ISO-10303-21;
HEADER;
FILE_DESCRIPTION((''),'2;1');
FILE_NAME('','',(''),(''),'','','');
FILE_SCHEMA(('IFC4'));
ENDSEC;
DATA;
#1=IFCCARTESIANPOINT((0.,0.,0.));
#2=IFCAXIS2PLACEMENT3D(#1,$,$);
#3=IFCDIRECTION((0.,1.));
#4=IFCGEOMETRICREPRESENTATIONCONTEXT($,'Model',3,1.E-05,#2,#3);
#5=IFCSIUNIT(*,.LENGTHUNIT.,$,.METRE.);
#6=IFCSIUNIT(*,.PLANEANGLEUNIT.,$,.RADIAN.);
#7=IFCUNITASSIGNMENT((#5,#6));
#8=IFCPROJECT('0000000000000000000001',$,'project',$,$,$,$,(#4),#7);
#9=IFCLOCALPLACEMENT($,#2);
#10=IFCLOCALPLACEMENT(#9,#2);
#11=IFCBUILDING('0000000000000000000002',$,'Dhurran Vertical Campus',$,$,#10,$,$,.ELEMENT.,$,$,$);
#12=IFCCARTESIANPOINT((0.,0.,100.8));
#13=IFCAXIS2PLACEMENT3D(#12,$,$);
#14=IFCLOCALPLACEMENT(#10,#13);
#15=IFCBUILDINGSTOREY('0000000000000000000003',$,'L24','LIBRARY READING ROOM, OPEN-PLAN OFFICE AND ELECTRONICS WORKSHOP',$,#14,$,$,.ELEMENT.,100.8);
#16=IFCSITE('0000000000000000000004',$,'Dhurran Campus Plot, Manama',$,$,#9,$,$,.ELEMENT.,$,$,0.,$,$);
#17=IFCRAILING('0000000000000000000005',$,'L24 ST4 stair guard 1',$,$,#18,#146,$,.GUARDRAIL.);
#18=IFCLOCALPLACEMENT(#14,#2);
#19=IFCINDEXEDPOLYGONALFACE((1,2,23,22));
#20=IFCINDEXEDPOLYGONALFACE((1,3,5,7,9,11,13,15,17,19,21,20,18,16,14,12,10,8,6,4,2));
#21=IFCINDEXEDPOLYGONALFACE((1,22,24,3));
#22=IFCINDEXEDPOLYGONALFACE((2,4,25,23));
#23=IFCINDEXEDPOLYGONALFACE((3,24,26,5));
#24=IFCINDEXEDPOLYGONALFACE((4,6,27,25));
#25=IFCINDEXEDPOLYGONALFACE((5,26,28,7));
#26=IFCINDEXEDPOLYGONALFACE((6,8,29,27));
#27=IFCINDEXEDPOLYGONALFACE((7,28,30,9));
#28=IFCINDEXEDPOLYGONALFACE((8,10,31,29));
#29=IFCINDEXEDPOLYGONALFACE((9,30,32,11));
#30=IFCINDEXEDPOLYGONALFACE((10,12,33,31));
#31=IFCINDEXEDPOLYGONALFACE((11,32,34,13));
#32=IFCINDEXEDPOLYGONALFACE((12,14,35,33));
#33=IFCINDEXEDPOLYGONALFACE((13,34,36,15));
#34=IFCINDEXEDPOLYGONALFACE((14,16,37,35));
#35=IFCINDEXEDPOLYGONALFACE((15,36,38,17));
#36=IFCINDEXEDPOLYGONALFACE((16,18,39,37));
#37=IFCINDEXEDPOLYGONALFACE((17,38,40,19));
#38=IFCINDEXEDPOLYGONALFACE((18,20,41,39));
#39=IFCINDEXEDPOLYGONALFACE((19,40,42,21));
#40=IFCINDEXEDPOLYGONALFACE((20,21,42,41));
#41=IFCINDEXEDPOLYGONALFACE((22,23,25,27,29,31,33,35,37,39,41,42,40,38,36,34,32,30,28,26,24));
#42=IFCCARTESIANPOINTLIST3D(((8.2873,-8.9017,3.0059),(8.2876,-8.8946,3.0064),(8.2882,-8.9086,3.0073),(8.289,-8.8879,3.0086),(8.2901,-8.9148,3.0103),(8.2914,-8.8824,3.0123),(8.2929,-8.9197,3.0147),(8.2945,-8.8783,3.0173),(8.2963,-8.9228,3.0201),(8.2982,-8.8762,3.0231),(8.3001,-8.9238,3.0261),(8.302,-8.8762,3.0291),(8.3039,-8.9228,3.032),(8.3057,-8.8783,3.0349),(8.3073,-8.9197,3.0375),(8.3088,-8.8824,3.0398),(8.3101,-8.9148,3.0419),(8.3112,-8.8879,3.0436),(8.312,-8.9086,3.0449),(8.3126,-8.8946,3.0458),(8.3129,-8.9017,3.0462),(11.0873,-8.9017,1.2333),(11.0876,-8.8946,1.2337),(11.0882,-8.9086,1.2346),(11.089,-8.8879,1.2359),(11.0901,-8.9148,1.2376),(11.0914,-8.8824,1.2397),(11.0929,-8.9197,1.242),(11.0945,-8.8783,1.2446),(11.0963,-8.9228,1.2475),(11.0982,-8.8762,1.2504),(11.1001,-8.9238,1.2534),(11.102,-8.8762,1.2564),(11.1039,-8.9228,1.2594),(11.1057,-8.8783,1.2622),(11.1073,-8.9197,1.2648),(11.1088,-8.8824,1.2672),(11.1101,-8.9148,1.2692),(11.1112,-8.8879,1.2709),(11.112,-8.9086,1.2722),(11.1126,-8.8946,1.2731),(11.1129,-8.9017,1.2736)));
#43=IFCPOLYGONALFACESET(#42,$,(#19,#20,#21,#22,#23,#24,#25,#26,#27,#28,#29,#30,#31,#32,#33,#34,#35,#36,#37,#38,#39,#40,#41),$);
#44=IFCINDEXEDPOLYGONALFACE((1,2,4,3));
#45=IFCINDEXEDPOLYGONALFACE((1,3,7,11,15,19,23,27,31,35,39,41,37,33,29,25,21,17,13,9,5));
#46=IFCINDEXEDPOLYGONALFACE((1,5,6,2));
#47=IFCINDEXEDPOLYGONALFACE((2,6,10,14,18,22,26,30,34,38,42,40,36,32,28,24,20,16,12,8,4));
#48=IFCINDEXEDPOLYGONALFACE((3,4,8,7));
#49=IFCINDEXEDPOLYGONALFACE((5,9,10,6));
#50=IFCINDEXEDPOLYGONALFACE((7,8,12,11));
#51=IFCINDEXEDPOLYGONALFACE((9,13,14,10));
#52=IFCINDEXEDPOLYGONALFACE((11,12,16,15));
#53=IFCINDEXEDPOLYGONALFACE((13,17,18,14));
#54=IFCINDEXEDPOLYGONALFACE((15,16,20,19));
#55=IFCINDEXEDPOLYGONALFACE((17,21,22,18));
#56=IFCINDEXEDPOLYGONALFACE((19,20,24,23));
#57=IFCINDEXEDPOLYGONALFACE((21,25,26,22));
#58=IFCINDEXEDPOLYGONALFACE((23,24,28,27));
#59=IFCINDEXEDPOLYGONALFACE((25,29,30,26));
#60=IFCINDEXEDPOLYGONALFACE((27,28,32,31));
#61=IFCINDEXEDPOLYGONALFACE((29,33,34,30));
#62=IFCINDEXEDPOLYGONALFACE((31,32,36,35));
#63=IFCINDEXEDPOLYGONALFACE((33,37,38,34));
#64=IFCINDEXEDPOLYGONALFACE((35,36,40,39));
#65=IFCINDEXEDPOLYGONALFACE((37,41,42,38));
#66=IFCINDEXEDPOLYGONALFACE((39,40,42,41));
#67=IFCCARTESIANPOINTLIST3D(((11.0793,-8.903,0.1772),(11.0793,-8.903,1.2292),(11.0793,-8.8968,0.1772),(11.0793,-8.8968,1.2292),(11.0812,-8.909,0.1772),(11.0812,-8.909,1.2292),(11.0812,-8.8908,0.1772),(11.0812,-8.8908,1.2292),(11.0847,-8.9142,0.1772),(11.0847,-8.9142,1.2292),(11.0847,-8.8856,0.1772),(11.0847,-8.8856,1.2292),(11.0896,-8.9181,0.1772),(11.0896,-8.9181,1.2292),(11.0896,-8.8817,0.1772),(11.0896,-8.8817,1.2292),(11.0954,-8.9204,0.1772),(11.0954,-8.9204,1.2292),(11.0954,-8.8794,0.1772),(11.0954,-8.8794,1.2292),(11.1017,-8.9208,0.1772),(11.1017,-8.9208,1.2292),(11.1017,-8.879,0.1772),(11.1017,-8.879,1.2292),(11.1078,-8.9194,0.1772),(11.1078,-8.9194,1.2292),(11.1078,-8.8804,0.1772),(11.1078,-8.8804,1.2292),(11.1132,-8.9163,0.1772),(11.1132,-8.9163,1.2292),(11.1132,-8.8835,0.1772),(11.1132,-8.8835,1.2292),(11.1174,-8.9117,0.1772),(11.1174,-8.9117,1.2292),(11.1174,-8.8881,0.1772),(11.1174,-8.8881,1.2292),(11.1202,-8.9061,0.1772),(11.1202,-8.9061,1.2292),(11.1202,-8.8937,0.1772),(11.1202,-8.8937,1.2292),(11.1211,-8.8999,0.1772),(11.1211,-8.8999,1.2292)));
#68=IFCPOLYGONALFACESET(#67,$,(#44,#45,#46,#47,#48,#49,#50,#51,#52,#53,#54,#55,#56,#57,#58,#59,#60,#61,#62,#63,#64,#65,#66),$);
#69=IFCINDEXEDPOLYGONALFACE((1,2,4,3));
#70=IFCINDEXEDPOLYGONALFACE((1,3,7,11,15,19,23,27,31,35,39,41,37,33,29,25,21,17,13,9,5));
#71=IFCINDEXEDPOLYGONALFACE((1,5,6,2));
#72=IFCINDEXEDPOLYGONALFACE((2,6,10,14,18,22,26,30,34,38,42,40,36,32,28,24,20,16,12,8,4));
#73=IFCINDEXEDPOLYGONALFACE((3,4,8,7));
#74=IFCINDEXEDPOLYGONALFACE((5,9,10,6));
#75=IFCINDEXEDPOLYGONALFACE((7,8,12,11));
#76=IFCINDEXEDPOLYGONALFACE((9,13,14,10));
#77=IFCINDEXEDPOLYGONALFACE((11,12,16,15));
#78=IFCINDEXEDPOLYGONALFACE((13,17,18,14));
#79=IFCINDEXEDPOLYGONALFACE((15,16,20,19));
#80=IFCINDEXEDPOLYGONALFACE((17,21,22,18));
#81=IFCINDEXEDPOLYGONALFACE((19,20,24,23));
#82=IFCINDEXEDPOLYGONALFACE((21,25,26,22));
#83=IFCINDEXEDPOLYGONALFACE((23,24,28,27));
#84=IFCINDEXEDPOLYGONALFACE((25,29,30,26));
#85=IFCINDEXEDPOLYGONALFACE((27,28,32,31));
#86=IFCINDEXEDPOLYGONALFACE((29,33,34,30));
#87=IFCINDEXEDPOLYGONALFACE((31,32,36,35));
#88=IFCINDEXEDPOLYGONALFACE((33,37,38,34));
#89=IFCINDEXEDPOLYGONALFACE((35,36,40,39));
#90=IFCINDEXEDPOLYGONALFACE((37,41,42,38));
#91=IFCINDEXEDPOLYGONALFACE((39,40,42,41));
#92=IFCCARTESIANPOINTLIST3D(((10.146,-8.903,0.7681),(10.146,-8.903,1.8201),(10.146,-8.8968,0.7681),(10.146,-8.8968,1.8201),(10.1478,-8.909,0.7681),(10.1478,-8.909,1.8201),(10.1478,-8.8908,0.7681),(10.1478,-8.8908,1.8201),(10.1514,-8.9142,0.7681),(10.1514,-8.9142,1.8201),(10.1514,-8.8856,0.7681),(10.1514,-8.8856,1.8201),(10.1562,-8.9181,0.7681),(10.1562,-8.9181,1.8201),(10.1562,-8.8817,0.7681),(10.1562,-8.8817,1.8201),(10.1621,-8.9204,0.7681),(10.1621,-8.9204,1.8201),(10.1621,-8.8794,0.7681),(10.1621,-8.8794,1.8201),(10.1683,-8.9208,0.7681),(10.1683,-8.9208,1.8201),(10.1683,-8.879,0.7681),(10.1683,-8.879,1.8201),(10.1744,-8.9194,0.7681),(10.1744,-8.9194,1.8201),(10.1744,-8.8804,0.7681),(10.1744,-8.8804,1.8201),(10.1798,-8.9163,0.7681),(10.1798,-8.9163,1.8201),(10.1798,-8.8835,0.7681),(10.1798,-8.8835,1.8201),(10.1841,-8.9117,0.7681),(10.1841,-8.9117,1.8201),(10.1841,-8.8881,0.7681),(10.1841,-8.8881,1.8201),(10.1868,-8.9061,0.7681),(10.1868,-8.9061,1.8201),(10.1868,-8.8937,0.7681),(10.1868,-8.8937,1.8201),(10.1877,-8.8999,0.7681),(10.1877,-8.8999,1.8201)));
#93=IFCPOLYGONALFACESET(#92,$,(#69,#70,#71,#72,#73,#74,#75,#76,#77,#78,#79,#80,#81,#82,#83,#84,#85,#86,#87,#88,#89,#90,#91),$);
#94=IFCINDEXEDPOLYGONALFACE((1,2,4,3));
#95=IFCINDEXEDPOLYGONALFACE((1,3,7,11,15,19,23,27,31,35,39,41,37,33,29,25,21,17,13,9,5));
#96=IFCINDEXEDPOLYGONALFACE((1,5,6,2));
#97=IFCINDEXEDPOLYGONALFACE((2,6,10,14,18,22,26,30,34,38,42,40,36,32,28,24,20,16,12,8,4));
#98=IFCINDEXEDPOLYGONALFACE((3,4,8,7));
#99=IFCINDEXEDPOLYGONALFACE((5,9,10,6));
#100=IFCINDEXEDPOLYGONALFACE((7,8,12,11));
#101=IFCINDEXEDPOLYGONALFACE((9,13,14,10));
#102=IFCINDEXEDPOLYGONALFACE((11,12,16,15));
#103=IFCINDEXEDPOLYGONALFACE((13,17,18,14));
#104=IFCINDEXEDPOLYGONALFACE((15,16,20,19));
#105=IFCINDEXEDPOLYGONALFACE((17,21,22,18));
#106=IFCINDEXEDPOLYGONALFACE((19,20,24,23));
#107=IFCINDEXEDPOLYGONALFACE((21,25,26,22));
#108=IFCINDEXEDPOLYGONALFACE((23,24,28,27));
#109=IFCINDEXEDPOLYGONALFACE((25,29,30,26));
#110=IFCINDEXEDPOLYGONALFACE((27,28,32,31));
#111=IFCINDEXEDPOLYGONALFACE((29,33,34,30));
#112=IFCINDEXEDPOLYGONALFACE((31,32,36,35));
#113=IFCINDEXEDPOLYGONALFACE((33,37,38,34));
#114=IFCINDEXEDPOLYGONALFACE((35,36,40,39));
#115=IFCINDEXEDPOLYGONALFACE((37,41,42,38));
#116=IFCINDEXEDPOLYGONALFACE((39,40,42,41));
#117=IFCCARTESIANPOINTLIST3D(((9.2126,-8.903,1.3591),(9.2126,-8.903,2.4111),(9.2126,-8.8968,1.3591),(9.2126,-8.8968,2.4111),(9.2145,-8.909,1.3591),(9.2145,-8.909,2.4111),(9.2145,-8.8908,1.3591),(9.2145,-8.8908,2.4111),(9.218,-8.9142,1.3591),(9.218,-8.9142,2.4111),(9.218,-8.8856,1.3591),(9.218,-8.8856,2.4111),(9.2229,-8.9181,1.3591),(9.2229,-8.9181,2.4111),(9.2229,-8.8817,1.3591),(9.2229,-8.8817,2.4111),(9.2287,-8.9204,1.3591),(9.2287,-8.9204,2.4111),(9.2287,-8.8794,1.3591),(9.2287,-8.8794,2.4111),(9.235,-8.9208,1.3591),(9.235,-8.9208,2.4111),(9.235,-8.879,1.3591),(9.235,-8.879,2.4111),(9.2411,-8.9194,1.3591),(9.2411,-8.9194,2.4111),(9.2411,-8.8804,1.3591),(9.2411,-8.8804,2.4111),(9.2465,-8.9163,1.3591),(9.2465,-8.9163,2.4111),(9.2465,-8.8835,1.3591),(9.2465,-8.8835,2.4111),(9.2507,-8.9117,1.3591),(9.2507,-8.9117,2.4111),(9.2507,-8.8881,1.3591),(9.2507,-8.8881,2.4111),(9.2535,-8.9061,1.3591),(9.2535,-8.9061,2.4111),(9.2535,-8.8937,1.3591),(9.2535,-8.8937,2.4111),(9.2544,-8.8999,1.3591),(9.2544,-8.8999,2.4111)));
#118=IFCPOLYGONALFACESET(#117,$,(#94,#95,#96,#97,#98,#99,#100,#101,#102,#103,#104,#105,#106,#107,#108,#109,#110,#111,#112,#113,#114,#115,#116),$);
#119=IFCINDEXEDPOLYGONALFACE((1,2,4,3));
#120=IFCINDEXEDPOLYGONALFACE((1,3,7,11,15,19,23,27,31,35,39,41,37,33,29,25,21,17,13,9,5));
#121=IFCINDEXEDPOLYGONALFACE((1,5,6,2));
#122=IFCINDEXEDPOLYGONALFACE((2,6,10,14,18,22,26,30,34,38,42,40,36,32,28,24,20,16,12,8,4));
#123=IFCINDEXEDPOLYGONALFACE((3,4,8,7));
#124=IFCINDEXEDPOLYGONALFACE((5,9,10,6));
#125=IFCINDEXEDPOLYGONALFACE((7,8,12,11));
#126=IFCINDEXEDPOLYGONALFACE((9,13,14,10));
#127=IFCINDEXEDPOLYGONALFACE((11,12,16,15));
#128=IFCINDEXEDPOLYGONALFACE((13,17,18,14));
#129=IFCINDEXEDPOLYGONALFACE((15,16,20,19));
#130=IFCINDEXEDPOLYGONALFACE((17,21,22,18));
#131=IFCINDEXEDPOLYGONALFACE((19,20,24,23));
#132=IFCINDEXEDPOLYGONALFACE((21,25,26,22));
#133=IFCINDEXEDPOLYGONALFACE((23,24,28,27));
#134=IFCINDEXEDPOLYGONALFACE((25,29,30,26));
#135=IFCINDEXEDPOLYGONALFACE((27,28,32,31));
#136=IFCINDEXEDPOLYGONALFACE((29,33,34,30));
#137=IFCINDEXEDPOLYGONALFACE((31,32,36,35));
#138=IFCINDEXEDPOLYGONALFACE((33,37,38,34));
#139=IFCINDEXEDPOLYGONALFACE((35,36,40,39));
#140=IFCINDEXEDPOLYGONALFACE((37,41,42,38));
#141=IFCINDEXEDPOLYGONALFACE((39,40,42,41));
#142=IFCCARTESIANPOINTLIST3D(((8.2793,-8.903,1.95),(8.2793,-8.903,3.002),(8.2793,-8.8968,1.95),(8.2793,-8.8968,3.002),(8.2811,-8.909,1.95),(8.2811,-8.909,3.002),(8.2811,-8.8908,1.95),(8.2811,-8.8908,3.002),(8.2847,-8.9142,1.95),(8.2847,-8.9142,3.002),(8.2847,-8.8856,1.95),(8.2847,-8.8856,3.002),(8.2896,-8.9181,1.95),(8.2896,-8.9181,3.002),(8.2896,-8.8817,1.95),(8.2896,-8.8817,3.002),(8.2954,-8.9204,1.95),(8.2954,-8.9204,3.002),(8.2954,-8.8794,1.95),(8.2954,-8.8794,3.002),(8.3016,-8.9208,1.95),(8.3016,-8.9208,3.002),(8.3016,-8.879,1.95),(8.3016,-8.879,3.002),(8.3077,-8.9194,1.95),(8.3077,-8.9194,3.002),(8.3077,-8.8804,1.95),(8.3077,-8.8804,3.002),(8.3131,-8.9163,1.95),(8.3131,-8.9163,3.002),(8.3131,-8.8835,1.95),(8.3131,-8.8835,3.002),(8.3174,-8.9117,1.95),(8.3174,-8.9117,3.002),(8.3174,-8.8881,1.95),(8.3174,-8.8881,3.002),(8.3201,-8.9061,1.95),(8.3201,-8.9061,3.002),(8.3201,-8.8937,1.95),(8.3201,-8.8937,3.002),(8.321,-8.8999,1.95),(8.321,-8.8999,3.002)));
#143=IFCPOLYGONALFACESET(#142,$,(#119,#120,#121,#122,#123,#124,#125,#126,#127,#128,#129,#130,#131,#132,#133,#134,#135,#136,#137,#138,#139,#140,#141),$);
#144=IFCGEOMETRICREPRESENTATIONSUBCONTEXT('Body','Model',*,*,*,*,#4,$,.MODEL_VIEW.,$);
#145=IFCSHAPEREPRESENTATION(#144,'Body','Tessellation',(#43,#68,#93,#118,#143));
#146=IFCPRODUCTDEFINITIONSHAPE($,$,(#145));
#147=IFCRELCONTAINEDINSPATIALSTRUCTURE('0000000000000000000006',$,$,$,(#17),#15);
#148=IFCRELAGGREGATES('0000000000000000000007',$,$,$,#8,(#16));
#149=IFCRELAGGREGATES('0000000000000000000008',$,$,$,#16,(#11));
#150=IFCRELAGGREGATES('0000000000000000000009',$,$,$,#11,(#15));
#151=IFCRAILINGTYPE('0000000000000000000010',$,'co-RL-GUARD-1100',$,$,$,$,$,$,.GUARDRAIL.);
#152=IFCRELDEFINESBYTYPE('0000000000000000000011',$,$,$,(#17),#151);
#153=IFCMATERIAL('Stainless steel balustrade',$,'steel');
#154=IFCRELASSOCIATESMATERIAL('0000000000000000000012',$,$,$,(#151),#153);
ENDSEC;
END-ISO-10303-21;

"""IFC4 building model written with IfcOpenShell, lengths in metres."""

from ifc_helpers import new_model, si_unit, direction, frame, origin, origin_2d, place, context, subcontext, project, spatial, circle, extrude, material, type_object, element, save


model = new_model("IFC4")

# Units and contexts
model_context = context("Model", 3, precision=1e-05, world=origin(), true_north=direction((0.0, 1.0)))
body_context = subcontext(model_context, "Body", "Model", "MODEL_VIEW")
ifc_project = project(units=[si_unit("LENGTHUNIT", "METRE"), si_unit("PLANEANGLEUNIT", "RADIAN")], contexts=[model_context])

# Site, building, storey
site_placement = place(None, origin())
site = spatial("IfcSite", under=ifc_project, at=site_placement, Name="Dhurran Campus Plot, Manama", CompositionType="ELEMENT", RefElevation=0.0)
building_placement = place(site_placement, origin())
building = spatial("IfcBuilding", under=site, at=building_placement, Name="Dhurran Vertical Campus", CompositionType="ELEMENT")
storey_placement = place(building_placement, frame((0.0, 0.0, 100.8)))
storey = spatial("IfcBuildingStorey", under=building, at=storey_placement, Name="L24", Description="LIBRARY READING ROOM, OPEN-PLAN OFFICE AND ELECTRONICS WORKSHOP", CompositionType="ELEMENT", Elevation=100.8)

# Railing
ifc_material_1 = material(Name="Stainless steel balustrade", Category="steel")
railing_type_1 = type_object("IfcRailingType", Name="co-RL-GUARD-1100", PredefinedType="GUARDRAIL", material=ifc_material_1)
railing_1_placement = place(storey_placement, frame((11.1001, -8.8999, 0.1772)))
element("IfcRailing", 1, at=railing_1_placement, inside=storey, type_object=railing_type_1, Name="L24 ST4 stair guard 1", PredefinedType="GUARDRAIL", context=body_context, shape_type="SweptSolid", body=[
    extrude(circle(Radius=0.0239, at=origin_2d()), frame((0.0, 0.0, 1.0762), z_axis=(-0.844909, 0.0, 0.53491), x_axis=(0.0, -1.0, 0.0)), (0.0, 0.0, 1.0), 3.314),
    extrude(circle(Radius=0.021, at=origin_2d()), origin(), (0.0, 0.0, 1.0), 1.052),
    extrude(circle(Radius=0.021, at=origin_2d()), frame((-0.9333, 0.0, 0.5908)), (0.0, 0.0, 1.0), 1.052),
    extrude(circle(Radius=0.021, at=origin_2d()), frame((-1.8667, 0.0, 1.1819)), (0.0, 0.0, 1.0), 1.052),
    extrude(circle(Radius=0.021, at=origin_2d()), frame((-2.8, 0.0, 1.7727)), (0.0, 0.0, 1.0), 1.052),
])

save(model, "model.ifc")
